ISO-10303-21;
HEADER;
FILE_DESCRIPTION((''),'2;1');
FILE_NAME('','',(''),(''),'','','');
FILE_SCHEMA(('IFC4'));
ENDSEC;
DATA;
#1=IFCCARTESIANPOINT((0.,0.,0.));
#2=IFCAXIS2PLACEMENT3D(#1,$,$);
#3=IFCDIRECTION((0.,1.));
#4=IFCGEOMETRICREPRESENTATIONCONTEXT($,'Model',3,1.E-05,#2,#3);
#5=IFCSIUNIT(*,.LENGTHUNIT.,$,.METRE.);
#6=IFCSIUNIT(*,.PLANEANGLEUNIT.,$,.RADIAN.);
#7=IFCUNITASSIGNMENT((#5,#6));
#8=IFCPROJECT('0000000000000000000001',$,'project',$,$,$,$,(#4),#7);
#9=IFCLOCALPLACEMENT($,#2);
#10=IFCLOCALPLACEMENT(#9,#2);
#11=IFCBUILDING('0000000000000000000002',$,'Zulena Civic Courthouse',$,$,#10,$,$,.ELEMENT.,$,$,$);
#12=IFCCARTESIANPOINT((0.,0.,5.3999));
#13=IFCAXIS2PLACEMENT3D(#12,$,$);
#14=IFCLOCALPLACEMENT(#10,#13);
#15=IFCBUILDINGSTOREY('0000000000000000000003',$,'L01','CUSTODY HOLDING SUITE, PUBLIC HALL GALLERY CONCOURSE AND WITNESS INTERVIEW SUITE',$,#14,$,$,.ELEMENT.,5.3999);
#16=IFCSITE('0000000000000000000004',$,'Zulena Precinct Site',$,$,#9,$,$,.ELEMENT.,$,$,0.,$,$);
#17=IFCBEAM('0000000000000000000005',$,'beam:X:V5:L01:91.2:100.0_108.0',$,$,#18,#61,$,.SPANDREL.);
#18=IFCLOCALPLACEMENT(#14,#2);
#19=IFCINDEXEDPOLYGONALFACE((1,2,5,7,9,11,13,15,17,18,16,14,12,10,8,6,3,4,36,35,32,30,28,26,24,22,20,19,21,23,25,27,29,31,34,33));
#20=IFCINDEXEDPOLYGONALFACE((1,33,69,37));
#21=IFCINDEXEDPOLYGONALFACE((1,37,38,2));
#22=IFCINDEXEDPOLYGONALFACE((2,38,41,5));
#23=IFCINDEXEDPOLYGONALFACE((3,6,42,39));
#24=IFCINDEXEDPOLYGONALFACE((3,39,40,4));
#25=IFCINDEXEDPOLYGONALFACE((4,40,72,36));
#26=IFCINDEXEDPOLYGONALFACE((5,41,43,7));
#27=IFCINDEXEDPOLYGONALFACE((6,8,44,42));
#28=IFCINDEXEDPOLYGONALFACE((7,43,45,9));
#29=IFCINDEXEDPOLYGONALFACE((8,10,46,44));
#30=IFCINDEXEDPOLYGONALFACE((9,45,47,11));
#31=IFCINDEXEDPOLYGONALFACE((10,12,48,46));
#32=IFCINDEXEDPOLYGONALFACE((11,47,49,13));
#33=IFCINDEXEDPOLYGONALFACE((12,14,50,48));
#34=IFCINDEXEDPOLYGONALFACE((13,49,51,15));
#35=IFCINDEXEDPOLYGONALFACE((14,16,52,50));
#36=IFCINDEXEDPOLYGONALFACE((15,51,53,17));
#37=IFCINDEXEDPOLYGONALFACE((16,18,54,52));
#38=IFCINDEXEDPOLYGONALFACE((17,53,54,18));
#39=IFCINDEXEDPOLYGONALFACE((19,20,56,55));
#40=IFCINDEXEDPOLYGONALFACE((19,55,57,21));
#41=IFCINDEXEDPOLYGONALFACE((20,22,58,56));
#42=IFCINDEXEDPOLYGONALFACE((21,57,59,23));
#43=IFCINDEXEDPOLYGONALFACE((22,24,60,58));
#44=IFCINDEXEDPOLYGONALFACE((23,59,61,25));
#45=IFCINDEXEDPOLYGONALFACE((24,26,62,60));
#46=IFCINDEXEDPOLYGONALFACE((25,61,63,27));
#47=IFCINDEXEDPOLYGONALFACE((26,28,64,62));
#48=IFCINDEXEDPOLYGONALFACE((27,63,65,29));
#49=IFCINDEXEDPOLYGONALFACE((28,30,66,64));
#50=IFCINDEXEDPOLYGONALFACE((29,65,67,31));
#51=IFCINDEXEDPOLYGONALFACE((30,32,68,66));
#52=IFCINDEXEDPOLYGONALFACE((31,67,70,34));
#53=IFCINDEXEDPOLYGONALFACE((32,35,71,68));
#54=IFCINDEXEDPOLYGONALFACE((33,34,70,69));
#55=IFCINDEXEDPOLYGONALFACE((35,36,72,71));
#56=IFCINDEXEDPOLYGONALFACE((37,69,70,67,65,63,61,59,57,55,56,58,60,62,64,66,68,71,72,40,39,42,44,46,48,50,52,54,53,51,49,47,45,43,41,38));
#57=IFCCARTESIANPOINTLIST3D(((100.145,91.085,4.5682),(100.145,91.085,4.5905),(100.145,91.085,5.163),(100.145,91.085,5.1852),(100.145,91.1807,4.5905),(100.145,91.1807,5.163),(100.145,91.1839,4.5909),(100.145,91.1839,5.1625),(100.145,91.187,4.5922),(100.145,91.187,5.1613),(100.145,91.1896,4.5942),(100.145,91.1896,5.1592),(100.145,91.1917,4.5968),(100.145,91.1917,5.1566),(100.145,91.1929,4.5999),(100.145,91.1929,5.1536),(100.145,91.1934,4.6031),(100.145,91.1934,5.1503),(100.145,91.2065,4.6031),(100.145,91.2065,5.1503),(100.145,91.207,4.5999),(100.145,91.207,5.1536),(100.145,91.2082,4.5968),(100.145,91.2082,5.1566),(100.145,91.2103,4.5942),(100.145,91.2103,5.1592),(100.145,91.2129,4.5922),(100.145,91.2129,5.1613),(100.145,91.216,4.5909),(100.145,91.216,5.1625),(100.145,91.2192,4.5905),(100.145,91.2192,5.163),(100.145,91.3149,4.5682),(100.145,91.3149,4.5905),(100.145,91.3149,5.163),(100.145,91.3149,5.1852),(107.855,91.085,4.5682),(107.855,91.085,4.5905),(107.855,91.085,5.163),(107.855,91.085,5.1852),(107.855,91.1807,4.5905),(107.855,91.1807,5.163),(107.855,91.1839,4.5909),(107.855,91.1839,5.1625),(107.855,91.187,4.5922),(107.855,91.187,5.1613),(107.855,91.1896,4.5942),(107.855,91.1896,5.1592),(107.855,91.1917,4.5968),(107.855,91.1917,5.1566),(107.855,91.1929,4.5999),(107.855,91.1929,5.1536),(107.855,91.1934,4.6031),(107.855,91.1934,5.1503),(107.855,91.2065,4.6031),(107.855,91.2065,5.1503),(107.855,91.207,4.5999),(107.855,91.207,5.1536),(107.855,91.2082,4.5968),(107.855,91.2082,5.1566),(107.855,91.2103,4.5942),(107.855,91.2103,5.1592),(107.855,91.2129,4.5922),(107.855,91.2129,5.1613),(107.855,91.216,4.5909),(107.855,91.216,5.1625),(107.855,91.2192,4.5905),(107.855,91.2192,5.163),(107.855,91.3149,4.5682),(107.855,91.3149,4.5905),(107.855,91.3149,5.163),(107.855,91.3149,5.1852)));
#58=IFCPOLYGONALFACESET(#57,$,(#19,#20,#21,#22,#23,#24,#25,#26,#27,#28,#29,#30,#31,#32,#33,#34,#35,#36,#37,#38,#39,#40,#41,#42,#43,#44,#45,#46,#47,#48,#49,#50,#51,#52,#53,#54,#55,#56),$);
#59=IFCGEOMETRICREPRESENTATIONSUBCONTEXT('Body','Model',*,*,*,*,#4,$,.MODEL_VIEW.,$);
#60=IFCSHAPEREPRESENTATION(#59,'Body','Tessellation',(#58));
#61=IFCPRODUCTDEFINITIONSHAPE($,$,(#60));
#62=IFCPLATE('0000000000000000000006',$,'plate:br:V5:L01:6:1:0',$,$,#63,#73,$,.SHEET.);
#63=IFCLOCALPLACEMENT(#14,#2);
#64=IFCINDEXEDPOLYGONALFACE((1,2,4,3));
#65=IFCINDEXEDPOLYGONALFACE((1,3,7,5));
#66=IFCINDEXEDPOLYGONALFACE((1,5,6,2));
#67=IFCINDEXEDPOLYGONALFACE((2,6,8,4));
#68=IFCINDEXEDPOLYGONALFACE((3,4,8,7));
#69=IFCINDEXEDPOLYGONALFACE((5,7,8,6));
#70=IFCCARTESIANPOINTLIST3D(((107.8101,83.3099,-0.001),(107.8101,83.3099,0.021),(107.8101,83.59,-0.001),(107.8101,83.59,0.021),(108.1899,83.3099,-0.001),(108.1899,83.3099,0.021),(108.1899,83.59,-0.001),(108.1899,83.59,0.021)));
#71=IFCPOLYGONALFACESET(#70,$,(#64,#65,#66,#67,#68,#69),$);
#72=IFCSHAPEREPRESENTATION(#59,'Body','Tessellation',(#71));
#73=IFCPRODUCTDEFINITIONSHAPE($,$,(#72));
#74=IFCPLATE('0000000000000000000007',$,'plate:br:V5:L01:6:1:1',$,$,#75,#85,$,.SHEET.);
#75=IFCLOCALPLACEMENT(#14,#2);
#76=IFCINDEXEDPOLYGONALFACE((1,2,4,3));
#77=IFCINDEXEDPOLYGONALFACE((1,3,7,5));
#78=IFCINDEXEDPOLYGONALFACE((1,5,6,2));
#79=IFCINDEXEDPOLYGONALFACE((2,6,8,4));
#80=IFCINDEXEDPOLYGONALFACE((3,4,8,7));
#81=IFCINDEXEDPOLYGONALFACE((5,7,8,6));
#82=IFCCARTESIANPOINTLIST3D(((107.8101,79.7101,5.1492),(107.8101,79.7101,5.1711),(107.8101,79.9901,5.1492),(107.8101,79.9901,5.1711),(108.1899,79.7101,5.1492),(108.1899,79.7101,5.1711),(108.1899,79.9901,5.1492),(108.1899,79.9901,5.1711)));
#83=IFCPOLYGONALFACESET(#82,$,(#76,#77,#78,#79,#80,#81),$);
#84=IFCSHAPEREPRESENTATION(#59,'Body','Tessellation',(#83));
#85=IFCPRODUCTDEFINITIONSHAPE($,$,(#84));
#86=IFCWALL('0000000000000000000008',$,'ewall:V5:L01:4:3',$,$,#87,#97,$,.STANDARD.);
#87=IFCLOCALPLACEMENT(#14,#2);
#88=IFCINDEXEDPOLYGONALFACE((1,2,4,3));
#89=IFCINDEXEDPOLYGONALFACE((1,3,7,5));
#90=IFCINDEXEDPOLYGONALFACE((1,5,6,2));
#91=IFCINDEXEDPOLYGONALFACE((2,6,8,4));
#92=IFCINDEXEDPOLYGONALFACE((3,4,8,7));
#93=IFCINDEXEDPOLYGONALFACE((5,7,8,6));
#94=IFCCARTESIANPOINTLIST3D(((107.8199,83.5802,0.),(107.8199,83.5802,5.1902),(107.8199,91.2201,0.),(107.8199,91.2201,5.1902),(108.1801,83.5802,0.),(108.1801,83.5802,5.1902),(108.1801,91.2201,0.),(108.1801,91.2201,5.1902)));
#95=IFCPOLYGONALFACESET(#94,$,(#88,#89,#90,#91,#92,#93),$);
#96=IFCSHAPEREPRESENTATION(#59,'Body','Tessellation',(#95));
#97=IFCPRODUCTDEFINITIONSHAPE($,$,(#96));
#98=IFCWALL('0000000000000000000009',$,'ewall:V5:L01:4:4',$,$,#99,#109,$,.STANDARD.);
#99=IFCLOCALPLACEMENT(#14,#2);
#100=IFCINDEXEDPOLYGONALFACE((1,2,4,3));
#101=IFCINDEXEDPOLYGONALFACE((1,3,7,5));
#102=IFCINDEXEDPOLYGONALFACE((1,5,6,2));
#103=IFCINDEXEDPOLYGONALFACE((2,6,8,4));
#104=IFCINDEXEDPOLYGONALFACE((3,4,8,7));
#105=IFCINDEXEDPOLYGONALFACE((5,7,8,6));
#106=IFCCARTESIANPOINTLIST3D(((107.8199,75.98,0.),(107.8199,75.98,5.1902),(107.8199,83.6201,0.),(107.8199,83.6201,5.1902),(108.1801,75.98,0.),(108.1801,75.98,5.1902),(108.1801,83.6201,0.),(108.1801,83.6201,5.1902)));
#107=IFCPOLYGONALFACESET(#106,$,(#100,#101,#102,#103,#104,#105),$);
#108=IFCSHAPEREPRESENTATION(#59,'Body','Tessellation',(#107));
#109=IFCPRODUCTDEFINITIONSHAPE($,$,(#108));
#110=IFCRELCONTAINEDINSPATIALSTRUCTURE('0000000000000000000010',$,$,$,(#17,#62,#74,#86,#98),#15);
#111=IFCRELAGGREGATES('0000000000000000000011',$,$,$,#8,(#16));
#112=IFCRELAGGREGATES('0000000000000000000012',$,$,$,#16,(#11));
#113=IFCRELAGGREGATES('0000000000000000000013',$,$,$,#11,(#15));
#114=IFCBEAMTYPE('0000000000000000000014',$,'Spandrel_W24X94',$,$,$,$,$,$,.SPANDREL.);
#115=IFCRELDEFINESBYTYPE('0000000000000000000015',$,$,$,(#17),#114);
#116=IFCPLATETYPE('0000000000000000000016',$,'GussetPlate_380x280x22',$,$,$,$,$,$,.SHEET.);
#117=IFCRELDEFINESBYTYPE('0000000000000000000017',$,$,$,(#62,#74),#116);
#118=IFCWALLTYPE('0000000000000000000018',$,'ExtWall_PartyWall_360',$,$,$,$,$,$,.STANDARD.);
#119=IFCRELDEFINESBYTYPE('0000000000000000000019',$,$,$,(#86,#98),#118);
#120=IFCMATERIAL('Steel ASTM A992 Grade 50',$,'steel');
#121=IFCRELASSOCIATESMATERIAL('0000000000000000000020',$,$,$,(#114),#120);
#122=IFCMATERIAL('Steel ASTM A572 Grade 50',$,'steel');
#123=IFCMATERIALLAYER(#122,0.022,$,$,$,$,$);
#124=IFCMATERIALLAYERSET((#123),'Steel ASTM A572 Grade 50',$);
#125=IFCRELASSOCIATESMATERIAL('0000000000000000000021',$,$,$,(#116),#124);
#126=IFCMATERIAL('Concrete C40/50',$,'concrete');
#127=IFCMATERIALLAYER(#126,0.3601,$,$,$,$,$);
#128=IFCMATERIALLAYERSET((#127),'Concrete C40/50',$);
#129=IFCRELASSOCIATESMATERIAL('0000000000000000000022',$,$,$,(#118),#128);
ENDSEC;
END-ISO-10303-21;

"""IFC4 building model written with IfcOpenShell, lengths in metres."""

from ifc_helpers import new_model, si_unit, direction, frame, frame_2d, origin, origin_2d, place, context, subcontext, project, spatial, rectangle, i_section, extrude, material, layer, layer_set, material_profile, profile_set, type_object, element, save


model = new_model("IFC4")

# Units and contexts
model_context = context("Model", 3, precision=1e-05, world=origin(), true_north=direction((0.0, 1.0)))
body_context = subcontext(model_context, "Body", "Model", "MODEL_VIEW")
ifc_project = project(units=[si_unit("LENGTHUNIT", "METRE"), si_unit("PLANEANGLEUNIT", "RADIAN")], contexts=[model_context])

# Site, building, storey
site_placement = place(None, origin())
site = spatial("IfcSite", under=ifc_project, at=site_placement, Name="Zulena Precinct Site", CompositionType="ELEMENT", RefElevation=0.0)
building_placement = place(site_placement, origin())
building = spatial("IfcBuilding", under=site, at=building_placement, Name="Zulena Civic Courthouse", CompositionType="ELEMENT")
storey_placement = place(building_placement, frame((0.0, 0.0, 5.3999)))
storey = spatial("IfcBuildingStorey", under=building, at=storey_placement, Name="L01", Description="CUSTODY HOLDING SUITE, PUBLIC HALL GALLERY CONCOURSE AND WITNESS INTERVIEW SUITE", CompositionType="ELEMENT", Elevation=5.3999)

# Shared definitions
ifc_material_1 = material(Name="Steel ASTM A992 Grade 50", Category="steel")

# Beam
ifc_material_profile_1 = material_profile(ifc_material_1, i_section(OverallWidth=0.23, OverallDepth=0.6169, WebThickness=0.0132, FlangeThickness=0.0222, FilletRadius=0.0127, at=origin_2d()), Name="W24X94")
ifc_profile_set_1 = profile_set([ifc_material_profile_1], Name="Steel ASTM A992 Grade 50")
beam_type_1 = type_object("IfcBeamType", Name="Spandrel_W24X94", PredefinedType="SPANDREL", material=ifc_profile_set_1)
for number, where, z_axis, x_axis, name in (
    (1, (100.145, 91.2, 4.8767), (1.0, 0.0, 0.0), (0.0, 1.0, 0.0), "beam:X:V5:L01:91.2:100.0_108.0"),
):
    element("IfcBeam", number, at=place(storey_placement, frame(where, z_axis=z_axis, x_axis=x_axis)), inside=storey, type_object=beam_type_1, Name=name, PredefinedType="SPANDREL", context=body_context, shape_type="SweptSolid", body=[
        extrude(i_section(OverallWidth=0.23, OverallDepth=0.6169, WebThickness=0.0132, FlangeThickness=0.0222, FilletRadius=0.0127, at=origin_2d()), origin(), (0.0, 0.0, 1.0), 7.71),
    ])

# Plates
ifc_material_2 = material(Name="Steel ASTM A572 Grade 50", Category="steel")
ifc_layer_1 = layer(ifc_material_2, 0.022)
ifc_layer_set_1 = layer_set([ifc_layer_1], Name="Steel ASTM A572 Grade 50")
plate_type = type_object("IfcPlateType", Name="GussetPlate_380x280x22", PredefinedType="SHEET", material=ifc_layer_set_1)
for number, where, z_axis, x_axis, name in (
    (2, (108.0, 83.45, -0.001), (0.0, 0.0, 1.0), (1.0, 0.0, 0.0), "plate:br:V5:L01:6:1:0"),
    (3, (108.0, 79.8501, 5.1492), (0.0, 0.0, 1.0), (1.0, 0.0, 0.0), "plate:br:V5:L01:6:1:1"),
):
    element("IfcPlate", number, at=place(storey_placement, frame(where, z_axis=z_axis, x_axis=x_axis)), inside=storey, type_object=plate_type, Name=name, PredefinedType="SHEET", context=body_context, shape_type="SweptSolid", body=[
        extrude(rectangle(XDim=0.3799, YDim=0.28, at=origin_2d()), origin(), (0.0, 0.0, 1.0), 0.022),
    ])

# Walls
ifc_material_3 = material(Name="Concrete C40/50", Category="concrete")
ifc_layer_2 = layer(ifc_material_3, 0.3601)
ifc_layer_set_2 = layer_set([ifc_layer_2], Name="Concrete C40/50")
wall_type = type_object("IfcWallType", Name="ExtWall_PartyWall_360", PredefinedType="STANDARD", material=ifc_layer_set_2)
wall_1_placement = place(storey_placement, frame((108.0, 91.22, 0.0), z_axis=(0.0, 0.0, 1.0), x_axis=(0.0, -1.0, 0.0)))
element("IfcWall", 4, at=wall_1_placement, inside=storey, type_object=wall_type, Name="ewall:V5:L01:4:3", PredefinedType="STANDARD", context=body_context, shape_type="SweptSolid", body=[
    extrude(rectangle(XDim=7.6399, YDim=0.3601, at=frame_2d((3.8198, 0.0))), origin(), (0.0, 0.0, 1.0), 5.1902),
])
wall_2_placement = place(storey_placement, frame((108.0, 83.6201, 0.0), z_axis=(0.0, 0.0, 1.0), x_axis=(0.0, -1.0, 0.0)))
element("IfcWall", 5, at=wall_2_placement, inside=storey, type_object=wall_type, Name="ewall:V5:L01:4:4", PredefinedType="STANDARD", context=body_context, shape_type="SweptSolid", body=[
    extrude(rectangle(XDim=7.6401, YDim=0.3601, at=frame_2d((3.8201, 0.0))), origin(), (0.0, 0.0, 1.0), 5.1902),
])

save(model, "model.ifc")
